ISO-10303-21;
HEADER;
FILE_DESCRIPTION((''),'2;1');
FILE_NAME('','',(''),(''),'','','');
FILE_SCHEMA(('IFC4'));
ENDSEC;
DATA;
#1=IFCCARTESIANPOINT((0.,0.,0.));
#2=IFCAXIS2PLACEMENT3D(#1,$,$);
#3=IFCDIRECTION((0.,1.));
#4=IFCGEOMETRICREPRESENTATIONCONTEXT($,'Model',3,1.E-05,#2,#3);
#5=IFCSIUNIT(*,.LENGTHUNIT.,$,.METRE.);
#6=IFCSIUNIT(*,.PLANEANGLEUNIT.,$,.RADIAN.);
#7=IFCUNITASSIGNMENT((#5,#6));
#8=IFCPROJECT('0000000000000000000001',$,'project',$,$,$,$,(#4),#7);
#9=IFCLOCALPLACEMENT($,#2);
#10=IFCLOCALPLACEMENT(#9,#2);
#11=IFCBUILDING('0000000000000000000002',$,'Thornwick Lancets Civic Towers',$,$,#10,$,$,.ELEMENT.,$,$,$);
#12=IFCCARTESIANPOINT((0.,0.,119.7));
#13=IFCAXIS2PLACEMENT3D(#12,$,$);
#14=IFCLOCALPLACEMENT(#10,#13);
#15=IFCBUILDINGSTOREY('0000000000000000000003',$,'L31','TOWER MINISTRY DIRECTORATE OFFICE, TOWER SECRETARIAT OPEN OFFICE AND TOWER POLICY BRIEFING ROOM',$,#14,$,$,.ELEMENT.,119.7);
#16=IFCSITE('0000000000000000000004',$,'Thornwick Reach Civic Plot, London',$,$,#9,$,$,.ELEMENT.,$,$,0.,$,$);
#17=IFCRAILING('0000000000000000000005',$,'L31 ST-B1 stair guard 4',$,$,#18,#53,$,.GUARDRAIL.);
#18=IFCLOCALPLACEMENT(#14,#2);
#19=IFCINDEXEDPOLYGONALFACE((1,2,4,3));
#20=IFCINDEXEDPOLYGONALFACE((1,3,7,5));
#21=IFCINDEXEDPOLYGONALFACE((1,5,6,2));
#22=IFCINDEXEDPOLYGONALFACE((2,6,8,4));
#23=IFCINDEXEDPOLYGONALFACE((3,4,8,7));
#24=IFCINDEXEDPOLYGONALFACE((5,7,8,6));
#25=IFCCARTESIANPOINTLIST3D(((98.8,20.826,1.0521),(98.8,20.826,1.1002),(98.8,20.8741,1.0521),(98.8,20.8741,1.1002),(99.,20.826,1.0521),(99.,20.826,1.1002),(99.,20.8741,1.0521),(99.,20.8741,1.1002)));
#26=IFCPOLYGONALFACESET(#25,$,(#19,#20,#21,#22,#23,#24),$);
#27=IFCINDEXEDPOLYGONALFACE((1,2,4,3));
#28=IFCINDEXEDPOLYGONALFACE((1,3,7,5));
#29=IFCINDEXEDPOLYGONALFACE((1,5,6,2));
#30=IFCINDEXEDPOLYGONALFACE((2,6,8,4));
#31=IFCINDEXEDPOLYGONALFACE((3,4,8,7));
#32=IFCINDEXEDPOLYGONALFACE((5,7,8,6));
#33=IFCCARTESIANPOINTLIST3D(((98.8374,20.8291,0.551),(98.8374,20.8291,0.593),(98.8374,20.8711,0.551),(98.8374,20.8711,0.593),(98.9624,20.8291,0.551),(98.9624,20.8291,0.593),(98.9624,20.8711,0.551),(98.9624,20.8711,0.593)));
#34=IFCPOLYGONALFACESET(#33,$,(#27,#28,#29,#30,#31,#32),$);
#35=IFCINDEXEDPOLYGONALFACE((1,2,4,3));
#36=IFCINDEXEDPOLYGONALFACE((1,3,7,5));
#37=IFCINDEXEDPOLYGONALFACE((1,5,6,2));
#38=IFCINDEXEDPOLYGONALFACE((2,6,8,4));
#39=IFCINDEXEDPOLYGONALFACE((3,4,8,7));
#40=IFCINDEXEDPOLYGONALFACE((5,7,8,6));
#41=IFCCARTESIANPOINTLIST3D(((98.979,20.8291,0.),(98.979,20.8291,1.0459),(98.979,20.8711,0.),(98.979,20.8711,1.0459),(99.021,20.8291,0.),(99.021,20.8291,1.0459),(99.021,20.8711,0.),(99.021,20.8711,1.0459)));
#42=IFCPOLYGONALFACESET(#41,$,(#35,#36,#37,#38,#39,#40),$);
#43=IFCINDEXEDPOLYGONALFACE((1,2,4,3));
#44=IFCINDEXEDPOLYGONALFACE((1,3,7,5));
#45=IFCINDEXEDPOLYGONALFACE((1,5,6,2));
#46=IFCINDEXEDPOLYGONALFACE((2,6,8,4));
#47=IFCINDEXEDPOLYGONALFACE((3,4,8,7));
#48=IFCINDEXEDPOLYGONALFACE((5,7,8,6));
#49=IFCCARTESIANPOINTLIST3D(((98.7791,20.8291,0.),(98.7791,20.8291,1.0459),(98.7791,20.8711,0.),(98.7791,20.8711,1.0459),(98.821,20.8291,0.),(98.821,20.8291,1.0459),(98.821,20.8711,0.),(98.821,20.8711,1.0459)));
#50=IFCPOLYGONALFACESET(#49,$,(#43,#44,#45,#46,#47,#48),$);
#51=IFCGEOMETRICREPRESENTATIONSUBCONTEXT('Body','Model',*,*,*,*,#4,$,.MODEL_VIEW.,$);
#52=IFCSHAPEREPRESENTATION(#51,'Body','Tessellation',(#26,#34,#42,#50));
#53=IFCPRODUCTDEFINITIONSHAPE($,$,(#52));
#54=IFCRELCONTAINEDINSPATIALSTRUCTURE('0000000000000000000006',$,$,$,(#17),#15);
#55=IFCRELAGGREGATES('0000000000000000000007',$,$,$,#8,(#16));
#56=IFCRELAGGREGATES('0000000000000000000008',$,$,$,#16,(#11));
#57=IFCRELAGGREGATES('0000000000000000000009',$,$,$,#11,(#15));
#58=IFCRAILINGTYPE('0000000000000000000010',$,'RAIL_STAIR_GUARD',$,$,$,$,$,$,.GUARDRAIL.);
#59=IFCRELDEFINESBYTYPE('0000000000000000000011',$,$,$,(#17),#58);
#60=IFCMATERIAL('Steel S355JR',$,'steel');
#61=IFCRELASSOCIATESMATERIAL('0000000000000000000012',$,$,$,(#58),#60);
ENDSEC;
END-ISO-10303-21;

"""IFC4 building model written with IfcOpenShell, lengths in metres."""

from ifc_helpers import new_model, si_unit, direction, frame, origin, origin_2d, place, context, subcontext, project, spatial, rectangle, extrude, material, type_object, element, save


model = new_model("IFC4")

# Units and contexts
model_context = context("Model", 3, precision=1e-05, world=origin(), true_north=direction((0.0, 1.0)))
body_context = subcontext(model_context, "Body", "Model", "MODEL_VIEW")
ifc_project = project(units=[si_unit("LENGTHUNIT", "METRE"), si_unit("PLANEANGLEUNIT", "RADIAN")], contexts=[model_context])

# Site, building, storey
site_placement = place(None, origin())
site = spatial("IfcSite", under=ifc_project, at=site_placement, Name="Thornwick Reach Civic Plot, London", CompositionType="ELEMENT", RefElevation=0.0)
building_placement = place(site_placement, origin())
building = spatial("IfcBuilding", under=site, at=building_placement, Name="Thornwick Lancets Civic Towers", CompositionType="ELEMENT")
storey_placement = place(building_placement, frame((0.0, 0.0, 119.7)))
storey = spatial("IfcBuildingStorey", under=building, at=storey_placement, Name="L31", Description="TOWER MINISTRY DIRECTORATE OFFICE, TOWER SECRETARIAT OPEN OFFICE AND TOWER POLICY BRIEFING ROOM", CompositionType="ELEMENT", Elevation=119.7)

# Shared definitions
ifc_material_1 = material(Name="Steel S355JR", Category="steel")

# Railing
railing_type_1 = type_object("IfcRailingType", Name="RAIL_STAIR_GUARD", PredefinedType="GUARDRAIL", material=ifc_material_1)
for number, where, name in (
    (1, (99.0, 20.8501, 0.0), "L31 ST-B1 stair guard 4"),
):
    element("IfcRailing", number, at=place(storey_placement, frame(where)), inside=storey, type_object=railing_type_1, Name=name, PredefinedType="GUARDRAIL", context=body_context, shape_type="SweptSolid", body=[
        extrude(rectangle(XDim=0.0481, YDim=0.0481, at=origin_2d()), frame((0.0, 0.0, 1.0762), z_axis=(-1.0, 0.0, 0.0), x_axis=(0.0, -1.0, 0.0)), (0.0, 0.0, 1.0), 0.2),
        extrude(rectangle(XDim=0.042, YDim=0.042, at=origin_2d()), frame((-0.0376, 0.0, 0.572), z_axis=(-1.0, 0.0, 0.0), x_axis=(0.0, -1.0, 0.0)), (0.0, 0.0, 1.0), 0.125),
        extrude(rectangle(XDim=0.042, YDim=0.042, at=origin_2d()), origin(), (0.0, 0.0, 1.0), 1.0459),
        extrude(rectangle(XDim=0.042, YDim=0.042, at=origin_2d()), frame((-0.2, 0.0, 0.0)), (0.0, 0.0, 1.0), 1.0459),
    ])

save(model, "model.ifc")
